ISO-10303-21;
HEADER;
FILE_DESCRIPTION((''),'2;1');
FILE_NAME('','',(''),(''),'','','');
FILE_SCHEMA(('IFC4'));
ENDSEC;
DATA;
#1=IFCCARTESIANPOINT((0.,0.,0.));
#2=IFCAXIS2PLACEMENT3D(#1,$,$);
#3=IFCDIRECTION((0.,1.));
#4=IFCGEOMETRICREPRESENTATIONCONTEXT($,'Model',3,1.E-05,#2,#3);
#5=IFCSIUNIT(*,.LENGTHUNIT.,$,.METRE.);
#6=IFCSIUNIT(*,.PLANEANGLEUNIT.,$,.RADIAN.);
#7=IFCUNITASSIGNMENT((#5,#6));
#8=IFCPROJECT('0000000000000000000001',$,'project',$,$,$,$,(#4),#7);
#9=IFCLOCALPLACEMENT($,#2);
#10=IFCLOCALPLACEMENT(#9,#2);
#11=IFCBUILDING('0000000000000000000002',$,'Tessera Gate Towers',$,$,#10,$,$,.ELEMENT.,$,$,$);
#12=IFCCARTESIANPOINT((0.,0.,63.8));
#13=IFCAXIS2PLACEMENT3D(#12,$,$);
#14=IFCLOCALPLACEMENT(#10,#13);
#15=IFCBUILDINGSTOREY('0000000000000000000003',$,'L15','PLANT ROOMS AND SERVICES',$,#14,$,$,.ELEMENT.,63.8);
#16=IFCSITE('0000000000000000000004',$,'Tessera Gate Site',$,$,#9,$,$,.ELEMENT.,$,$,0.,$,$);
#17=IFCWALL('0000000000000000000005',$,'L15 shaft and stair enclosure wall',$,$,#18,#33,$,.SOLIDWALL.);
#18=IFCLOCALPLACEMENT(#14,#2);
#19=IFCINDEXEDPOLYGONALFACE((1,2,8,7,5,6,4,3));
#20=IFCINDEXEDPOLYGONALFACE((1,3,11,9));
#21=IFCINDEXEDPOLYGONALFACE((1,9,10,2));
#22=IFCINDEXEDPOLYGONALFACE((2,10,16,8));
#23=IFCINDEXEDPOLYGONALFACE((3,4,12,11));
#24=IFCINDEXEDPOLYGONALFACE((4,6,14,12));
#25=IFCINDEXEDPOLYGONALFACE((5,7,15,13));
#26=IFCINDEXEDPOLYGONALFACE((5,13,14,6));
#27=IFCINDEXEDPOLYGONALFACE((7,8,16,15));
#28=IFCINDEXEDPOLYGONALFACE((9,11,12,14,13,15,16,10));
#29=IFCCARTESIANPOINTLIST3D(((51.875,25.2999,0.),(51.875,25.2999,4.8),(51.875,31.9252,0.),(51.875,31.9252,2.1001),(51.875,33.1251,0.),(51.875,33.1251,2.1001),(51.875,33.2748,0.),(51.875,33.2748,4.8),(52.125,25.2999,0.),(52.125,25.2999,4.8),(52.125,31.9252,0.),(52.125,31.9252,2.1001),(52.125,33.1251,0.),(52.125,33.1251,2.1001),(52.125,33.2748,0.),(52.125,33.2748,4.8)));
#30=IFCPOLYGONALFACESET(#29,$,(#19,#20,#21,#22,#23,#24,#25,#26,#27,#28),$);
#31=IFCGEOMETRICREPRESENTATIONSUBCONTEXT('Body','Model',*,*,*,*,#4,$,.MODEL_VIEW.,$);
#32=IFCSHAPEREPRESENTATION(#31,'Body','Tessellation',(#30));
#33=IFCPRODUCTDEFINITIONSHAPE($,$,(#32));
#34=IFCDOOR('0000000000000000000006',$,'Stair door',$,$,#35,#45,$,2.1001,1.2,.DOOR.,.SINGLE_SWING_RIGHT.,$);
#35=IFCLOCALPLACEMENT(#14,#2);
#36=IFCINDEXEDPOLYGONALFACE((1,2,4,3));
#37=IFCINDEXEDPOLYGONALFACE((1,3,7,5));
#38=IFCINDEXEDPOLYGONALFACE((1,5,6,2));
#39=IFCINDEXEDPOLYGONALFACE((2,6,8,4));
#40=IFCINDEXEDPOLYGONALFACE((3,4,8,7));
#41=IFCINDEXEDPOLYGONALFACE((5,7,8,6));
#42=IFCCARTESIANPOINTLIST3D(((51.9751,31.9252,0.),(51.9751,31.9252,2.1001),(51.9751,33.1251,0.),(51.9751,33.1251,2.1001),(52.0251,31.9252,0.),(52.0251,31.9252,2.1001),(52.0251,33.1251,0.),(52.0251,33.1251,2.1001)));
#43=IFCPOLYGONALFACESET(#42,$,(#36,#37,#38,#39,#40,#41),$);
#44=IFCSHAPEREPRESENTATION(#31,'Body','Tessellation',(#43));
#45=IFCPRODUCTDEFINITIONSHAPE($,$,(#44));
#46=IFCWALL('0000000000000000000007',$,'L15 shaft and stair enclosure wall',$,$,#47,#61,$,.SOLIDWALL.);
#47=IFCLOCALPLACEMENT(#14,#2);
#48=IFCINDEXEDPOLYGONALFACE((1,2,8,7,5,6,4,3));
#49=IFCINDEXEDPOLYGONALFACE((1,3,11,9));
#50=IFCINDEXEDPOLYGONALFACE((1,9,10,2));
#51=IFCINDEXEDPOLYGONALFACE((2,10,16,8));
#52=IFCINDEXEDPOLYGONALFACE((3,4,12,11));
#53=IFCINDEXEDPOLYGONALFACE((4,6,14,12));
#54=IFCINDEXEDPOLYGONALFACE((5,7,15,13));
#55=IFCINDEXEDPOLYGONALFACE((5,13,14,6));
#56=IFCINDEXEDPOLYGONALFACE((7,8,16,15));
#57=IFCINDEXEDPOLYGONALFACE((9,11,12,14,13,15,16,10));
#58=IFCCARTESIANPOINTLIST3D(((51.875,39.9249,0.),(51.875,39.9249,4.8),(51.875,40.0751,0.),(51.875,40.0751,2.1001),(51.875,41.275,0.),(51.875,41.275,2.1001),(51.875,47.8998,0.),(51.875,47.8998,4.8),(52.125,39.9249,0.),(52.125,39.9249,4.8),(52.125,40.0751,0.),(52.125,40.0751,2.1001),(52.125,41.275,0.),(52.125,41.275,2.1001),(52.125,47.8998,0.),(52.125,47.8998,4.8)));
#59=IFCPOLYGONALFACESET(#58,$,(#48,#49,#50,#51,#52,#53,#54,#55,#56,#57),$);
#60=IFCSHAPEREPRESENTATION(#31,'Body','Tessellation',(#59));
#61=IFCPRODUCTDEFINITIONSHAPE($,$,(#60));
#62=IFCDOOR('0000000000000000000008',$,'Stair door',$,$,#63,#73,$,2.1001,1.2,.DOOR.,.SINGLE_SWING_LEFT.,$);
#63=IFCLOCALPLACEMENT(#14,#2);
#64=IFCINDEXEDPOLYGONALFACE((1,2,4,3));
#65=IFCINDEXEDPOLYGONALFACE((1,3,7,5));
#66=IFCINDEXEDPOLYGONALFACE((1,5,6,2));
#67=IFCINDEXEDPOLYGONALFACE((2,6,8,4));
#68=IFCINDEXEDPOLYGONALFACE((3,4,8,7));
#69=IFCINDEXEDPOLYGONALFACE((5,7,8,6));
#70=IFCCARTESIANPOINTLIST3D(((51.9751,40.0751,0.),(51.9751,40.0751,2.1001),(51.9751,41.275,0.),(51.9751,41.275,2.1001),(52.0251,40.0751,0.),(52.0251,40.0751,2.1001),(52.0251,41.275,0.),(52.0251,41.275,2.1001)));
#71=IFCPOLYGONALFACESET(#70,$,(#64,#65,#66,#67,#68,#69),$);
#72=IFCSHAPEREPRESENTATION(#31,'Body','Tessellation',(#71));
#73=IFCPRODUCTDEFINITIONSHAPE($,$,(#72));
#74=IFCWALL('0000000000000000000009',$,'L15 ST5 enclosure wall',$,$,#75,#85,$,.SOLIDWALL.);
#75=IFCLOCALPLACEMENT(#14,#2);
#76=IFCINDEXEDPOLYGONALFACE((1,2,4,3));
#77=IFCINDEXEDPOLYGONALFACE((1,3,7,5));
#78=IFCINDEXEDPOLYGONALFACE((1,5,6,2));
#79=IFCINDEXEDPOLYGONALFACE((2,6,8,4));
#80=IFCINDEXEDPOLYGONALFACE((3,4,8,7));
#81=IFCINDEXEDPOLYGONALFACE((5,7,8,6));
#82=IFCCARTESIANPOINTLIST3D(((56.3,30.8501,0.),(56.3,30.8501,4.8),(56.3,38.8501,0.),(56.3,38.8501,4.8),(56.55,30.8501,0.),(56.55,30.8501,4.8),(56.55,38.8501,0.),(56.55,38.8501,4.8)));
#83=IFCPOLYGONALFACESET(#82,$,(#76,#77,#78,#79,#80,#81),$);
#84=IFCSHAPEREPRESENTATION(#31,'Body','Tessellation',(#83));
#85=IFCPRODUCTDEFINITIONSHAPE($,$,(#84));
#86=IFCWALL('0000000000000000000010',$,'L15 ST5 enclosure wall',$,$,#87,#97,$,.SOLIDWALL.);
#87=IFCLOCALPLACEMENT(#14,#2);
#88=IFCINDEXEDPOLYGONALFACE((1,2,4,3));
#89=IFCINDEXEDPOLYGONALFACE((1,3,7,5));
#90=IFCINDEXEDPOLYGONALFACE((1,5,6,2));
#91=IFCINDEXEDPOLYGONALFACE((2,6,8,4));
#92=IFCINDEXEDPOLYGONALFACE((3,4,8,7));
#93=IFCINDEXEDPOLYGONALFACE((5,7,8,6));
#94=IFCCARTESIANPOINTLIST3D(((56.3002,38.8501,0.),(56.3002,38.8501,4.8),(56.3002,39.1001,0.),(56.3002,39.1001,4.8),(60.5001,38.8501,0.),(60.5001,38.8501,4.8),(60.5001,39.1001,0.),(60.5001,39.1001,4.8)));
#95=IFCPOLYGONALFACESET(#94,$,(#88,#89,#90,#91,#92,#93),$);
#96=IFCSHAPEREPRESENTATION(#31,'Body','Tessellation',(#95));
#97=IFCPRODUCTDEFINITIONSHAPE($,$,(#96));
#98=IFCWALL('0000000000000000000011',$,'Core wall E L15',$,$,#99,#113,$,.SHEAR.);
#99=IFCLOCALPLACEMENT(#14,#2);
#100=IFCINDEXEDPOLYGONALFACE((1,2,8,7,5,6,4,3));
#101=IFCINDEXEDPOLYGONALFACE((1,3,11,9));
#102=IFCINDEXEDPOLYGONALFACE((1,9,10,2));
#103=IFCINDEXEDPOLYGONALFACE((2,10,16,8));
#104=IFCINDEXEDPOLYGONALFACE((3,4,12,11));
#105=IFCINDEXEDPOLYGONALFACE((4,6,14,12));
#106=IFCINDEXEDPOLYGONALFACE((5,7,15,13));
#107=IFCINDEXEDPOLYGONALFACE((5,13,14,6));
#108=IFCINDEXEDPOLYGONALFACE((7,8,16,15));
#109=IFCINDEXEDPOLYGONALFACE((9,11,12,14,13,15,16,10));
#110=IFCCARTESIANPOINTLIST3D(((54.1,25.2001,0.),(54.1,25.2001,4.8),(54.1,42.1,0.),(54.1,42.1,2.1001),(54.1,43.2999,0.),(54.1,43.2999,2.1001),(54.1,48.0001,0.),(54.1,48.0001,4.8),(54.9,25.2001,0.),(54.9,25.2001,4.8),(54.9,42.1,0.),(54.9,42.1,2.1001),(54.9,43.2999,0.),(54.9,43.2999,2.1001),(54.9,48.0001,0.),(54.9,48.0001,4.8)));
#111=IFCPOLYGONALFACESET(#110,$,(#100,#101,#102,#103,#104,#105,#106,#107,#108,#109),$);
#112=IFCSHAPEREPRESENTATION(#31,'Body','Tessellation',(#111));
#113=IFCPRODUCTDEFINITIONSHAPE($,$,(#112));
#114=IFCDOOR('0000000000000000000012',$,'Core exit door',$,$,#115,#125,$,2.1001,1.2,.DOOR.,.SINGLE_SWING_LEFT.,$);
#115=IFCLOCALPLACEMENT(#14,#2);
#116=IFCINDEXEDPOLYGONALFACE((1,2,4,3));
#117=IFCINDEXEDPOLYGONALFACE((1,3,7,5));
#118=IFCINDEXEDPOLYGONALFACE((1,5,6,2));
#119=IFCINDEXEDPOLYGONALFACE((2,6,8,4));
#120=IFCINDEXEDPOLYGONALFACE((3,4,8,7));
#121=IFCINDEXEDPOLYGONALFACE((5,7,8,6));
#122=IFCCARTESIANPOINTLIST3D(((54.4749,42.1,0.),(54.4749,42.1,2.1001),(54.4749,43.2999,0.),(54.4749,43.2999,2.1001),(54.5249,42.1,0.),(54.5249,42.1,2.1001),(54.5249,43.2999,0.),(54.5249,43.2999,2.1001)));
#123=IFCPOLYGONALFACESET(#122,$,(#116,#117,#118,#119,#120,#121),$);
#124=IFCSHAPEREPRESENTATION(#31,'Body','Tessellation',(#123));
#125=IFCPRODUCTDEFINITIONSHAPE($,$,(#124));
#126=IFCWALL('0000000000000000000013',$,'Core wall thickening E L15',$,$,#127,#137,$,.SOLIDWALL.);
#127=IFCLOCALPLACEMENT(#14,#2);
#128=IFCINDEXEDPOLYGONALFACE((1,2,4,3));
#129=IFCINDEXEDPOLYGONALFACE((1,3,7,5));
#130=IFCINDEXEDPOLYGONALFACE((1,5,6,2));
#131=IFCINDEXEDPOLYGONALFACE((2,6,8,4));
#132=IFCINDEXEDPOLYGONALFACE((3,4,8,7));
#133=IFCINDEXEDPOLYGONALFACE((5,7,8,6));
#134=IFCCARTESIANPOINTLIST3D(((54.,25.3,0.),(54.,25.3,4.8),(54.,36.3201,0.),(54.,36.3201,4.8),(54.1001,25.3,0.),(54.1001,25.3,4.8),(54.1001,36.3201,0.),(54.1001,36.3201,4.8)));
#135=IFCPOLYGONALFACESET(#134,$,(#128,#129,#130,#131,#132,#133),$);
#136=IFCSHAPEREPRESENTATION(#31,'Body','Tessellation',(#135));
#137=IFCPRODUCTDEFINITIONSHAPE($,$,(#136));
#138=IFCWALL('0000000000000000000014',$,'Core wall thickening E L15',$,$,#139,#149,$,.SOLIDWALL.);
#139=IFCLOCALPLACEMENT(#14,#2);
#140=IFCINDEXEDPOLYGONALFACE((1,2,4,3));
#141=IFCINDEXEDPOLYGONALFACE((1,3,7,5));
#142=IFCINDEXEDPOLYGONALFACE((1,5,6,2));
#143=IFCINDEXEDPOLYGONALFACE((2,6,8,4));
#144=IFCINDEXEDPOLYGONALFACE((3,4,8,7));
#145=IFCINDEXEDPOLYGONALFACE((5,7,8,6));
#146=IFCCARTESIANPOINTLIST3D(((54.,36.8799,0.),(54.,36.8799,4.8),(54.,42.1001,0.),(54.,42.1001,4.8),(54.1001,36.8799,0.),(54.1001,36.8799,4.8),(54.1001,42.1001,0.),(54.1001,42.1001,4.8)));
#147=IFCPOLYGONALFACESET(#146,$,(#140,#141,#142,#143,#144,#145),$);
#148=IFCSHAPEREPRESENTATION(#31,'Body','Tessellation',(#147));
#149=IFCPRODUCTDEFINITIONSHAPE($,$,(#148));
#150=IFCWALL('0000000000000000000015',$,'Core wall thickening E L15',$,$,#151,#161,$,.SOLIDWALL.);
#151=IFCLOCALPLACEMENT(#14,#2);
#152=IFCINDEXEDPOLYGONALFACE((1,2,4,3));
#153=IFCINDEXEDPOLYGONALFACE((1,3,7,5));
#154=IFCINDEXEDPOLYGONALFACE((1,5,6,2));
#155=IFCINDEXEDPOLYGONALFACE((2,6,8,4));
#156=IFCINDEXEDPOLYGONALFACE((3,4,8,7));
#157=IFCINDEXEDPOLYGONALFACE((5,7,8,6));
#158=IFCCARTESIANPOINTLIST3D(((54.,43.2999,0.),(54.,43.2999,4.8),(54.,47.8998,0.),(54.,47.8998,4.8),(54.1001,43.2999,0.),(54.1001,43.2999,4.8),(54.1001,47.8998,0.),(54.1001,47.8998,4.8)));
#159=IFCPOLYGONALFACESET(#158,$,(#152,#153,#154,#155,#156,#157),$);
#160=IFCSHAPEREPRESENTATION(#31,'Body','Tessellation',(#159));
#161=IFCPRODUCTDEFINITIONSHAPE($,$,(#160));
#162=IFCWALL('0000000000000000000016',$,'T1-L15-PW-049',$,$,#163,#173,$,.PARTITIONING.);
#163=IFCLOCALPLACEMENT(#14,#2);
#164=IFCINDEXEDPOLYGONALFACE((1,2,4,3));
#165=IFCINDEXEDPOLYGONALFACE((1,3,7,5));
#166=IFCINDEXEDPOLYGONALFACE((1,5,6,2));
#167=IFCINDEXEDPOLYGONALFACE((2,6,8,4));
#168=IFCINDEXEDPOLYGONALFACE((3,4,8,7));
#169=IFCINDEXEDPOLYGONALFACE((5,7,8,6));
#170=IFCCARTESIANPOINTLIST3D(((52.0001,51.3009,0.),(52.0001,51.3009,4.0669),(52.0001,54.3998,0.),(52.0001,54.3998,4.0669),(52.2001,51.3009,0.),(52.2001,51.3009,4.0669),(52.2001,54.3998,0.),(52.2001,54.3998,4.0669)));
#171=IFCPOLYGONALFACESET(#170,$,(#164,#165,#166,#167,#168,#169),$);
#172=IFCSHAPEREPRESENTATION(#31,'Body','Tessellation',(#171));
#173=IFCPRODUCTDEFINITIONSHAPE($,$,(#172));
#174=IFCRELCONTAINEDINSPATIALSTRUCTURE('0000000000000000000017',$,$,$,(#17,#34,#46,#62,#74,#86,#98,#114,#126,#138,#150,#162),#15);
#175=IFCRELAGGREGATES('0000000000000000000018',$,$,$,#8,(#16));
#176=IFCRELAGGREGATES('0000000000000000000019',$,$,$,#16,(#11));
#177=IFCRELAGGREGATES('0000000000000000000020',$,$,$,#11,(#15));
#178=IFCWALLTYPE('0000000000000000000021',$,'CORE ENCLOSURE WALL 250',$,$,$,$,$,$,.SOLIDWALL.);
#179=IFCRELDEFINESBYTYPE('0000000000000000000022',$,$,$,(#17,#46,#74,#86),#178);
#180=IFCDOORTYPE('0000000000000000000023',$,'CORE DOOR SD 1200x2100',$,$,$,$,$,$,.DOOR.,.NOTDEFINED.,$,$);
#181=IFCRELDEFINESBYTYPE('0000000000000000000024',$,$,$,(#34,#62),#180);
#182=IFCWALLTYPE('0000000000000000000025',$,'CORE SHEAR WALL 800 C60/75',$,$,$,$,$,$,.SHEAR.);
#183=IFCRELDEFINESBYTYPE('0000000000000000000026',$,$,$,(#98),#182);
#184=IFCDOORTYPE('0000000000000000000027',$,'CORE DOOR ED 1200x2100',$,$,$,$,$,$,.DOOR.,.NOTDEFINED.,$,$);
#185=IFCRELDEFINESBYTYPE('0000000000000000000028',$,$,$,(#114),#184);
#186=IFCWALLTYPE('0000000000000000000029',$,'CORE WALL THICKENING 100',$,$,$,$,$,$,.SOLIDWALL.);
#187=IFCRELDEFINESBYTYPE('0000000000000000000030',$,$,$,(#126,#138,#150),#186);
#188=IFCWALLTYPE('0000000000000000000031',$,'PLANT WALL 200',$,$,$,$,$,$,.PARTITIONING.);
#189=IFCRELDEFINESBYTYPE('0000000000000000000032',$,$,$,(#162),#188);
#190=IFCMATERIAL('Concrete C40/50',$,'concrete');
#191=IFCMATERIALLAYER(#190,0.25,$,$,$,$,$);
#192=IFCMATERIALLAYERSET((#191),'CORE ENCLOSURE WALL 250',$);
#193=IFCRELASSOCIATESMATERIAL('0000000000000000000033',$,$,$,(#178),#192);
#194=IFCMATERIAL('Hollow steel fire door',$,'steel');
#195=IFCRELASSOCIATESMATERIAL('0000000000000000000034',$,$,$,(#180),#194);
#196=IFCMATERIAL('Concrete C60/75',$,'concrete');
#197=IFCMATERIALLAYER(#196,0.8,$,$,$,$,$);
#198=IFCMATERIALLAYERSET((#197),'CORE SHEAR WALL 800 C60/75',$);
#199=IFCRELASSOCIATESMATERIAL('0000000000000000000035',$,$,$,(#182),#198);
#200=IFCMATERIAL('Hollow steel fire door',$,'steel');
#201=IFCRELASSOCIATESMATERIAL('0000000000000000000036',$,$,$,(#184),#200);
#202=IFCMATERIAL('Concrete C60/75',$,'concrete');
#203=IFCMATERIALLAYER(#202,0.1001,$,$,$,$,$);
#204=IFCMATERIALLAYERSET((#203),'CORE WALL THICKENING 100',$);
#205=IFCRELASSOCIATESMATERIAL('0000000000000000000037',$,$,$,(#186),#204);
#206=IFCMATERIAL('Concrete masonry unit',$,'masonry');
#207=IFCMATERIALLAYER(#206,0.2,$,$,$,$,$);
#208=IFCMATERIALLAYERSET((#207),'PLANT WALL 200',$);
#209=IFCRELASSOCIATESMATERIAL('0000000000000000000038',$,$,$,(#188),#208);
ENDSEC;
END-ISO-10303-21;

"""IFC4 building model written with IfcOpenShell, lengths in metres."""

from ifc_helpers import new_model, si_unit, direction, frame, frame_2d, origin, place, context, subcontext, project, spatial, rectangle, extrude, source, transform, mapped, material, layer, layer_set, type_object, element, fill, save


model = new_model("IFC4")

# Units and contexts
model_context = context("Model", 3, precision=1e-05, world=origin(), true_north=direction((0.0, 1.0)))
body_context = subcontext(model_context, "Body", "Model", "MODEL_VIEW")
ifc_project = project(units=[si_unit("LENGTHUNIT", "METRE"), si_unit("PLANEANGLEUNIT", "RADIAN")], contexts=[model_context])

# Site, building, storey
site_placement = place(None, origin())
site = spatial("IfcSite", under=ifc_project, at=site_placement, Name="Tessera Gate Site", CompositionType="ELEMENT", RefElevation=0.0)
building_placement = place(site_placement, origin())
building = spatial("IfcBuilding", under=site, at=building_placement, Name="Tessera Gate Towers", CompositionType="ELEMENT")
storey_placement = place(building_placement, frame((0.0, 0.0, 63.8)))
storey = spatial("IfcBuildingStorey", under=building, at=storey_placement, Name="L15", Description="PLANT ROOMS AND SERVICES", CompositionType="ELEMENT", Elevation=63.8)

# Walls, openings, doors
ifc_material_1 = material(Name="Concrete C40/50", Category="concrete")
ifc_layer_1 = layer(ifc_material_1, 0.25)
ifc_layer_set_1 = layer_set([ifc_layer_1], Name="CORE ENCLOSURE WALL 250")
wall_type_1 = type_object("IfcWallType", Name="CORE ENCLOSURE WALL 250", PredefinedType="SOLIDWALL", material=ifc_layer_set_1)
wall_1_placement = place(storey_placement, frame((52.0, 25.3, 0.0), z_axis=(0.0, 0.0, 1.0), x_axis=(0.0, 1.0, 0.0)))
wall_1 = element("IfcWall", 1, at=wall_1_placement, inside=storey, type_object=wall_type_1, Name="L15 shaft and stair enclosure wall", PredefinedType="SOLIDWALL", context=body_context, shape_type="SweptSolid", body=[
    extrude(rectangle(XDim=7.9749, YDim=0.25, at=frame_2d((3.9873, 0.0))), origin(), (0.0, 0.0, 1.0), 4.8),
])
shared_shape_1 = source(origin(), body_context, "Body", "SweptSolid", [
    extrude(rectangle(XDim=1.2, YDim=2.1001, at=frame_2d((0.6001, 1.05))), frame((0.0, 0.135, 0.0), z_axis=(0.0, -1.0, 0.0), x_axis=(1.0, 0.0, 0.0)), (0.0, 0.0, 1.0), 0.27),
])
opening_1_placement = place(wall_1_placement, frame((6.625, 0.0, 0.0)))
opening_1 = element("IfcOpeningElement", 2, at=opening_1_placement, cuts=wall_1, PredefinedType="OPENING", context=body_context, shape_type="MappedRepresentation", body=[
    mapped(shared_shape_1, transform((0.0, 0.0, 0.0), scale=1.0)),
])
ifc_material_2 = material(Name="Hollow steel fire door", Category="steel")
door_type_1 = type_object("IfcDoorType", Name="CORE DOOR SD 1200x2100", OperationType="NOTDEFINED", PredefinedType="DOOR", material=ifc_material_2)
shared_shape_2 = source(origin(), body_context, "Body", "SweptSolid", [
    extrude(rectangle(XDim=1.2, YDim=2.1001, at=frame_2d((0.6001, 1.05))), frame((0.0, 0.0249, 0.0), z_axis=(0.0, -1.0, 0.0), x_axis=(1.0, 0.0, 0.0)), (0.0, 0.0, 1.0), 0.05),
])
door_1_placement = place(opening_1_placement, origin())
door_1 = element("IfcDoor", 3, at=door_1_placement, inside=storey, type_object=door_type_1, Name="Stair door", OperationType="SINGLE_SWING_RIGHT", OverallHeight=2.1001, OverallWidth=1.2, PredefinedType="DOOR", context=body_context, shape_type="MappedRepresentation", body=[
    mapped(shared_shape_2, transform((0.0, 0.0, 0.0), scale=1.0)),
])
fill(opening_1, door_1)
wall_2_placement = place(storey_placement, frame((52.0, 39.925, 0.0), z_axis=(0.0, 0.0, 1.0), x_axis=(0.0, 1.0, 0.0)))
wall_2 = element("IfcWall", 4, at=wall_2_placement, inside=storey, type_object=wall_type_1, Name="L15 shaft and stair enclosure wall", PredefinedType="SOLIDWALL", context=body_context, shape_type="SweptSolid", body=[
    extrude(rectangle(XDim=7.9749, YDim=0.25, at=frame_2d((3.9873, 0.0))), origin(), (0.0, 0.0, 1.0), 4.8),
])
opening_2_placement = place(wall_2_placement, frame((0.1499, 0.0, 0.0)))
opening_2 = element("IfcOpeningElement", 5, at=opening_2_placement, cuts=wall_2, PredefinedType="OPENING", context=body_context, shape_type="MappedRepresentation", body=[
    mapped(shared_shape_1, transform((0.0, 0.0, 0.0), scale=1.0)),
])
door_2_placement = place(opening_2_placement, origin())
door_2 = element("IfcDoor", 6, at=door_2_placement, inside=storey, type_object=door_type_1, Name="Stair door", OperationType="SINGLE_SWING_LEFT", OverallHeight=2.1001, OverallWidth=1.2, PredefinedType="DOOR", context=body_context, shape_type="MappedRepresentation", body=[
    mapped(shared_shape_2, transform((0.0, 0.0, 0.0), scale=1.0)),
])
fill(opening_2, door_2)

# Walls
wall_3_placement = place(storey_placement, frame((56.425, 30.8501, 0.0), z_axis=(0.0, 0.0, 1.0), x_axis=(0.0, 1.0, 0.0)))
element("IfcWall", 7, at=wall_3_placement, inside=storey, type_object=wall_type_1, Name="L15 ST5 enclosure wall", PredefinedType="SOLIDWALL", context=body_context, shape_type="SweptSolid", body=[
    extrude(rectangle(XDim=8.0, YDim=0.25, at=frame_2d((4.0, 0.0))), origin(), (0.0, 0.0, 1.0), 4.8),
])
wall_4_placement = place(storey_placement, frame((56.3, 38.9751, 0.0), z_axis=(0.0, 0.0, 1.0), x_axis=(1.0, 0.0, 0.0)))
element("IfcWall", 8, at=wall_4_placement, inside=storey, type_object=wall_type_1, Name="L15 ST5 enclosure wall", PredefinedType="SOLIDWALL", context=body_context, shape_type="SweptSolid", body=[
    extrude(rectangle(XDim=4.2, YDim=0.25, at=frame_2d((2.1001, 0.0))), origin(), (0.0, 0.0, 1.0), 4.8),
])

# Wall, opening, door
ifc_material_3 = material(Name="Concrete C60/75", Category="concrete")
ifc_layer_2 = layer(ifc_material_3, 0.8)
ifc_layer_set_2 = layer_set([ifc_layer_2], Name="CORE SHEAR WALL 800 C60/75")
wall_type_2 = type_object("IfcWallType", Name="CORE SHEAR WALL 800 C60/75", PredefinedType="SHEAR", material=ifc_layer_set_2)
wall_5_placement = place(storey_placement, frame((54.5, 48.0, 0.0), z_axis=(0.0, 0.0, 1.0), x_axis=(0.0, -1.0, 0.0)))
wall_5 = element("IfcWall", 9, at=wall_5_placement, inside=storey, type_object=wall_type_2, Name="Core wall E L15", PredefinedType="SHEAR", context=body_context, shape_type="SweptSolid", body=[
    extrude(rectangle(XDim=22.8, YDim=0.8, at=frame_2d((11.3999, 0.0))), origin(), (0.0, 0.0, 1.0), 4.8),
])
shared_shape_3 = source(origin(), body_context, "Body", "SweptSolid", [
    extrude(rectangle(XDim=1.2, YDim=2.1001, at=frame_2d((0.6001, 1.05))), frame((0.0, 0.4099, 0.0), z_axis=(0.0, -1.0, 0.0), x_axis=(1.0, 0.0, 0.0)), (0.0, 0.0, 1.0), 0.8201),
])
opening_3_placement = place(wall_5_placement, frame((4.7, 0.0, 0.0)))
opening_3 = element("IfcOpeningElement", 10, at=opening_3_placement, cuts=wall_5, PredefinedType="OPENING", context=body_context, shape_type="MappedRepresentation", body=[
    mapped(shared_shape_3, transform((0.0, 0.0, 0.0), scale=1.0)),
])
ifc_material_4 = material(Name="Hollow steel fire door", Category="steel")
door_type_2 = type_object("IfcDoorType", Name="CORE DOOR ED 1200x2100", OperationType="NOTDEFINED", PredefinedType="DOOR", material=ifc_material_4)
door_3_placement = place(opening_3_placement, origin())
door_3 = element("IfcDoor", 11, at=door_3_placement, inside=storey, type_object=door_type_2, Name="Core exit door", OperationType="SINGLE_SWING_LEFT", OverallHeight=2.1001, OverallWidth=1.2, PredefinedType="DOOR", context=body_context, shape_type="MappedRepresentation", body=[
    mapped(shared_shape_2, transform((0.0, 0.0, 0.0), scale=1.0)),
])
fill(opening_3, door_3)

# Walls
ifc_material_5 = material(Name="Concrete C60/75", Category="concrete")
ifc_layer_3 = layer(ifc_material_5, 0.1001)
ifc_layer_set_3 = layer_set([ifc_layer_3], Name="CORE WALL THICKENING 100")
wall_type_3 = type_object("IfcWallType", Name="CORE WALL THICKENING 100", PredefinedType="SOLIDWALL", material=ifc_layer_set_3)
wall_6_placement = place(storey_placement, frame((54.05, 25.3, 0.0), z_axis=(0.0, 0.0, 1.0), x_axis=(0.0, 1.0, 0.0)))
element("IfcWall", 12, at=wall_6_placement, inside=storey, type_object=wall_type_3, Name="Core wall thickening E L15", PredefinedType="SOLIDWALL", context=body_context, shape_type="SweptSolid", body=[
    extrude(rectangle(XDim=11.02, YDim=0.1001, at=frame_2d((5.51, 0.0))), origin(), (0.0, 0.0, 1.0), 4.8),
])
wall_7_placement = place(storey_placement, frame((54.05, 36.8799, 0.0), z_axis=(0.0, 0.0, 1.0), x_axis=(0.0, 1.0, 0.0)))
element("IfcWall", 13, at=wall_7_placement, inside=storey, type_object=wall_type_3, Name="Core wall thickening E L15", PredefinedType="SOLIDWALL", context=body_context, shape_type="SweptSolid", body=[
    extrude(rectangle(XDim=5.2202, YDim=0.1001, at=frame_2d((2.6101, 0.0))), origin(), (0.0, 0.0, 1.0), 4.8),
])
wall_8_placement = place(storey_placement, frame((54.05, 43.3, 0.0), z_axis=(0.0, 0.0, 1.0), x_axis=(0.0, 1.0, 0.0)))
element("IfcWall", 14, at=wall_8_placement, inside=storey, type_object=wall_type_3, Name="Core wall thickening E L15", PredefinedType="SOLIDWALL", context=body_context, shape_type="SweptSolid", body=[
    extrude(rectangle(XDim=4.5999, YDim=0.1001, at=frame_2d((2.2998, 0.0))), origin(), (0.0, 0.0, 1.0), 4.8),
])
ifc_material_6 = material(Name="Concrete masonry unit", Category="masonry")
ifc_layer_4 = layer(ifc_material_6, 0.2)
ifc_layer_set_4 = layer_set([ifc_layer_4], Name="PLANT WALL 200")
wall_type_4 = type_object("IfcWallType", Name="PLANT WALL 200", PredefinedType="PARTITIONING", material=ifc_layer_set_4)
wall_9_placement = place(storey_placement, frame((52.1001, 51.301, 0.0), z_axis=(0.0, 0.0, 1.0), x_axis=(0.0, 1.0, 0.0)))
element("IfcWall", 15, at=wall_9_placement, inside=storey, type_object=wall_type_4, Name="T1-L15-PW-049", PredefinedType="PARTITIONING", context=body_context, shape_type="SweptSolid", body=[
    extrude(rectangle(XDim=3.0989, YDim=0.2, at=frame_2d((1.5493, 0.0))), origin(), (0.0, 0.0, 1.0), 4.0669),
])

save(model, "model.ifc")
